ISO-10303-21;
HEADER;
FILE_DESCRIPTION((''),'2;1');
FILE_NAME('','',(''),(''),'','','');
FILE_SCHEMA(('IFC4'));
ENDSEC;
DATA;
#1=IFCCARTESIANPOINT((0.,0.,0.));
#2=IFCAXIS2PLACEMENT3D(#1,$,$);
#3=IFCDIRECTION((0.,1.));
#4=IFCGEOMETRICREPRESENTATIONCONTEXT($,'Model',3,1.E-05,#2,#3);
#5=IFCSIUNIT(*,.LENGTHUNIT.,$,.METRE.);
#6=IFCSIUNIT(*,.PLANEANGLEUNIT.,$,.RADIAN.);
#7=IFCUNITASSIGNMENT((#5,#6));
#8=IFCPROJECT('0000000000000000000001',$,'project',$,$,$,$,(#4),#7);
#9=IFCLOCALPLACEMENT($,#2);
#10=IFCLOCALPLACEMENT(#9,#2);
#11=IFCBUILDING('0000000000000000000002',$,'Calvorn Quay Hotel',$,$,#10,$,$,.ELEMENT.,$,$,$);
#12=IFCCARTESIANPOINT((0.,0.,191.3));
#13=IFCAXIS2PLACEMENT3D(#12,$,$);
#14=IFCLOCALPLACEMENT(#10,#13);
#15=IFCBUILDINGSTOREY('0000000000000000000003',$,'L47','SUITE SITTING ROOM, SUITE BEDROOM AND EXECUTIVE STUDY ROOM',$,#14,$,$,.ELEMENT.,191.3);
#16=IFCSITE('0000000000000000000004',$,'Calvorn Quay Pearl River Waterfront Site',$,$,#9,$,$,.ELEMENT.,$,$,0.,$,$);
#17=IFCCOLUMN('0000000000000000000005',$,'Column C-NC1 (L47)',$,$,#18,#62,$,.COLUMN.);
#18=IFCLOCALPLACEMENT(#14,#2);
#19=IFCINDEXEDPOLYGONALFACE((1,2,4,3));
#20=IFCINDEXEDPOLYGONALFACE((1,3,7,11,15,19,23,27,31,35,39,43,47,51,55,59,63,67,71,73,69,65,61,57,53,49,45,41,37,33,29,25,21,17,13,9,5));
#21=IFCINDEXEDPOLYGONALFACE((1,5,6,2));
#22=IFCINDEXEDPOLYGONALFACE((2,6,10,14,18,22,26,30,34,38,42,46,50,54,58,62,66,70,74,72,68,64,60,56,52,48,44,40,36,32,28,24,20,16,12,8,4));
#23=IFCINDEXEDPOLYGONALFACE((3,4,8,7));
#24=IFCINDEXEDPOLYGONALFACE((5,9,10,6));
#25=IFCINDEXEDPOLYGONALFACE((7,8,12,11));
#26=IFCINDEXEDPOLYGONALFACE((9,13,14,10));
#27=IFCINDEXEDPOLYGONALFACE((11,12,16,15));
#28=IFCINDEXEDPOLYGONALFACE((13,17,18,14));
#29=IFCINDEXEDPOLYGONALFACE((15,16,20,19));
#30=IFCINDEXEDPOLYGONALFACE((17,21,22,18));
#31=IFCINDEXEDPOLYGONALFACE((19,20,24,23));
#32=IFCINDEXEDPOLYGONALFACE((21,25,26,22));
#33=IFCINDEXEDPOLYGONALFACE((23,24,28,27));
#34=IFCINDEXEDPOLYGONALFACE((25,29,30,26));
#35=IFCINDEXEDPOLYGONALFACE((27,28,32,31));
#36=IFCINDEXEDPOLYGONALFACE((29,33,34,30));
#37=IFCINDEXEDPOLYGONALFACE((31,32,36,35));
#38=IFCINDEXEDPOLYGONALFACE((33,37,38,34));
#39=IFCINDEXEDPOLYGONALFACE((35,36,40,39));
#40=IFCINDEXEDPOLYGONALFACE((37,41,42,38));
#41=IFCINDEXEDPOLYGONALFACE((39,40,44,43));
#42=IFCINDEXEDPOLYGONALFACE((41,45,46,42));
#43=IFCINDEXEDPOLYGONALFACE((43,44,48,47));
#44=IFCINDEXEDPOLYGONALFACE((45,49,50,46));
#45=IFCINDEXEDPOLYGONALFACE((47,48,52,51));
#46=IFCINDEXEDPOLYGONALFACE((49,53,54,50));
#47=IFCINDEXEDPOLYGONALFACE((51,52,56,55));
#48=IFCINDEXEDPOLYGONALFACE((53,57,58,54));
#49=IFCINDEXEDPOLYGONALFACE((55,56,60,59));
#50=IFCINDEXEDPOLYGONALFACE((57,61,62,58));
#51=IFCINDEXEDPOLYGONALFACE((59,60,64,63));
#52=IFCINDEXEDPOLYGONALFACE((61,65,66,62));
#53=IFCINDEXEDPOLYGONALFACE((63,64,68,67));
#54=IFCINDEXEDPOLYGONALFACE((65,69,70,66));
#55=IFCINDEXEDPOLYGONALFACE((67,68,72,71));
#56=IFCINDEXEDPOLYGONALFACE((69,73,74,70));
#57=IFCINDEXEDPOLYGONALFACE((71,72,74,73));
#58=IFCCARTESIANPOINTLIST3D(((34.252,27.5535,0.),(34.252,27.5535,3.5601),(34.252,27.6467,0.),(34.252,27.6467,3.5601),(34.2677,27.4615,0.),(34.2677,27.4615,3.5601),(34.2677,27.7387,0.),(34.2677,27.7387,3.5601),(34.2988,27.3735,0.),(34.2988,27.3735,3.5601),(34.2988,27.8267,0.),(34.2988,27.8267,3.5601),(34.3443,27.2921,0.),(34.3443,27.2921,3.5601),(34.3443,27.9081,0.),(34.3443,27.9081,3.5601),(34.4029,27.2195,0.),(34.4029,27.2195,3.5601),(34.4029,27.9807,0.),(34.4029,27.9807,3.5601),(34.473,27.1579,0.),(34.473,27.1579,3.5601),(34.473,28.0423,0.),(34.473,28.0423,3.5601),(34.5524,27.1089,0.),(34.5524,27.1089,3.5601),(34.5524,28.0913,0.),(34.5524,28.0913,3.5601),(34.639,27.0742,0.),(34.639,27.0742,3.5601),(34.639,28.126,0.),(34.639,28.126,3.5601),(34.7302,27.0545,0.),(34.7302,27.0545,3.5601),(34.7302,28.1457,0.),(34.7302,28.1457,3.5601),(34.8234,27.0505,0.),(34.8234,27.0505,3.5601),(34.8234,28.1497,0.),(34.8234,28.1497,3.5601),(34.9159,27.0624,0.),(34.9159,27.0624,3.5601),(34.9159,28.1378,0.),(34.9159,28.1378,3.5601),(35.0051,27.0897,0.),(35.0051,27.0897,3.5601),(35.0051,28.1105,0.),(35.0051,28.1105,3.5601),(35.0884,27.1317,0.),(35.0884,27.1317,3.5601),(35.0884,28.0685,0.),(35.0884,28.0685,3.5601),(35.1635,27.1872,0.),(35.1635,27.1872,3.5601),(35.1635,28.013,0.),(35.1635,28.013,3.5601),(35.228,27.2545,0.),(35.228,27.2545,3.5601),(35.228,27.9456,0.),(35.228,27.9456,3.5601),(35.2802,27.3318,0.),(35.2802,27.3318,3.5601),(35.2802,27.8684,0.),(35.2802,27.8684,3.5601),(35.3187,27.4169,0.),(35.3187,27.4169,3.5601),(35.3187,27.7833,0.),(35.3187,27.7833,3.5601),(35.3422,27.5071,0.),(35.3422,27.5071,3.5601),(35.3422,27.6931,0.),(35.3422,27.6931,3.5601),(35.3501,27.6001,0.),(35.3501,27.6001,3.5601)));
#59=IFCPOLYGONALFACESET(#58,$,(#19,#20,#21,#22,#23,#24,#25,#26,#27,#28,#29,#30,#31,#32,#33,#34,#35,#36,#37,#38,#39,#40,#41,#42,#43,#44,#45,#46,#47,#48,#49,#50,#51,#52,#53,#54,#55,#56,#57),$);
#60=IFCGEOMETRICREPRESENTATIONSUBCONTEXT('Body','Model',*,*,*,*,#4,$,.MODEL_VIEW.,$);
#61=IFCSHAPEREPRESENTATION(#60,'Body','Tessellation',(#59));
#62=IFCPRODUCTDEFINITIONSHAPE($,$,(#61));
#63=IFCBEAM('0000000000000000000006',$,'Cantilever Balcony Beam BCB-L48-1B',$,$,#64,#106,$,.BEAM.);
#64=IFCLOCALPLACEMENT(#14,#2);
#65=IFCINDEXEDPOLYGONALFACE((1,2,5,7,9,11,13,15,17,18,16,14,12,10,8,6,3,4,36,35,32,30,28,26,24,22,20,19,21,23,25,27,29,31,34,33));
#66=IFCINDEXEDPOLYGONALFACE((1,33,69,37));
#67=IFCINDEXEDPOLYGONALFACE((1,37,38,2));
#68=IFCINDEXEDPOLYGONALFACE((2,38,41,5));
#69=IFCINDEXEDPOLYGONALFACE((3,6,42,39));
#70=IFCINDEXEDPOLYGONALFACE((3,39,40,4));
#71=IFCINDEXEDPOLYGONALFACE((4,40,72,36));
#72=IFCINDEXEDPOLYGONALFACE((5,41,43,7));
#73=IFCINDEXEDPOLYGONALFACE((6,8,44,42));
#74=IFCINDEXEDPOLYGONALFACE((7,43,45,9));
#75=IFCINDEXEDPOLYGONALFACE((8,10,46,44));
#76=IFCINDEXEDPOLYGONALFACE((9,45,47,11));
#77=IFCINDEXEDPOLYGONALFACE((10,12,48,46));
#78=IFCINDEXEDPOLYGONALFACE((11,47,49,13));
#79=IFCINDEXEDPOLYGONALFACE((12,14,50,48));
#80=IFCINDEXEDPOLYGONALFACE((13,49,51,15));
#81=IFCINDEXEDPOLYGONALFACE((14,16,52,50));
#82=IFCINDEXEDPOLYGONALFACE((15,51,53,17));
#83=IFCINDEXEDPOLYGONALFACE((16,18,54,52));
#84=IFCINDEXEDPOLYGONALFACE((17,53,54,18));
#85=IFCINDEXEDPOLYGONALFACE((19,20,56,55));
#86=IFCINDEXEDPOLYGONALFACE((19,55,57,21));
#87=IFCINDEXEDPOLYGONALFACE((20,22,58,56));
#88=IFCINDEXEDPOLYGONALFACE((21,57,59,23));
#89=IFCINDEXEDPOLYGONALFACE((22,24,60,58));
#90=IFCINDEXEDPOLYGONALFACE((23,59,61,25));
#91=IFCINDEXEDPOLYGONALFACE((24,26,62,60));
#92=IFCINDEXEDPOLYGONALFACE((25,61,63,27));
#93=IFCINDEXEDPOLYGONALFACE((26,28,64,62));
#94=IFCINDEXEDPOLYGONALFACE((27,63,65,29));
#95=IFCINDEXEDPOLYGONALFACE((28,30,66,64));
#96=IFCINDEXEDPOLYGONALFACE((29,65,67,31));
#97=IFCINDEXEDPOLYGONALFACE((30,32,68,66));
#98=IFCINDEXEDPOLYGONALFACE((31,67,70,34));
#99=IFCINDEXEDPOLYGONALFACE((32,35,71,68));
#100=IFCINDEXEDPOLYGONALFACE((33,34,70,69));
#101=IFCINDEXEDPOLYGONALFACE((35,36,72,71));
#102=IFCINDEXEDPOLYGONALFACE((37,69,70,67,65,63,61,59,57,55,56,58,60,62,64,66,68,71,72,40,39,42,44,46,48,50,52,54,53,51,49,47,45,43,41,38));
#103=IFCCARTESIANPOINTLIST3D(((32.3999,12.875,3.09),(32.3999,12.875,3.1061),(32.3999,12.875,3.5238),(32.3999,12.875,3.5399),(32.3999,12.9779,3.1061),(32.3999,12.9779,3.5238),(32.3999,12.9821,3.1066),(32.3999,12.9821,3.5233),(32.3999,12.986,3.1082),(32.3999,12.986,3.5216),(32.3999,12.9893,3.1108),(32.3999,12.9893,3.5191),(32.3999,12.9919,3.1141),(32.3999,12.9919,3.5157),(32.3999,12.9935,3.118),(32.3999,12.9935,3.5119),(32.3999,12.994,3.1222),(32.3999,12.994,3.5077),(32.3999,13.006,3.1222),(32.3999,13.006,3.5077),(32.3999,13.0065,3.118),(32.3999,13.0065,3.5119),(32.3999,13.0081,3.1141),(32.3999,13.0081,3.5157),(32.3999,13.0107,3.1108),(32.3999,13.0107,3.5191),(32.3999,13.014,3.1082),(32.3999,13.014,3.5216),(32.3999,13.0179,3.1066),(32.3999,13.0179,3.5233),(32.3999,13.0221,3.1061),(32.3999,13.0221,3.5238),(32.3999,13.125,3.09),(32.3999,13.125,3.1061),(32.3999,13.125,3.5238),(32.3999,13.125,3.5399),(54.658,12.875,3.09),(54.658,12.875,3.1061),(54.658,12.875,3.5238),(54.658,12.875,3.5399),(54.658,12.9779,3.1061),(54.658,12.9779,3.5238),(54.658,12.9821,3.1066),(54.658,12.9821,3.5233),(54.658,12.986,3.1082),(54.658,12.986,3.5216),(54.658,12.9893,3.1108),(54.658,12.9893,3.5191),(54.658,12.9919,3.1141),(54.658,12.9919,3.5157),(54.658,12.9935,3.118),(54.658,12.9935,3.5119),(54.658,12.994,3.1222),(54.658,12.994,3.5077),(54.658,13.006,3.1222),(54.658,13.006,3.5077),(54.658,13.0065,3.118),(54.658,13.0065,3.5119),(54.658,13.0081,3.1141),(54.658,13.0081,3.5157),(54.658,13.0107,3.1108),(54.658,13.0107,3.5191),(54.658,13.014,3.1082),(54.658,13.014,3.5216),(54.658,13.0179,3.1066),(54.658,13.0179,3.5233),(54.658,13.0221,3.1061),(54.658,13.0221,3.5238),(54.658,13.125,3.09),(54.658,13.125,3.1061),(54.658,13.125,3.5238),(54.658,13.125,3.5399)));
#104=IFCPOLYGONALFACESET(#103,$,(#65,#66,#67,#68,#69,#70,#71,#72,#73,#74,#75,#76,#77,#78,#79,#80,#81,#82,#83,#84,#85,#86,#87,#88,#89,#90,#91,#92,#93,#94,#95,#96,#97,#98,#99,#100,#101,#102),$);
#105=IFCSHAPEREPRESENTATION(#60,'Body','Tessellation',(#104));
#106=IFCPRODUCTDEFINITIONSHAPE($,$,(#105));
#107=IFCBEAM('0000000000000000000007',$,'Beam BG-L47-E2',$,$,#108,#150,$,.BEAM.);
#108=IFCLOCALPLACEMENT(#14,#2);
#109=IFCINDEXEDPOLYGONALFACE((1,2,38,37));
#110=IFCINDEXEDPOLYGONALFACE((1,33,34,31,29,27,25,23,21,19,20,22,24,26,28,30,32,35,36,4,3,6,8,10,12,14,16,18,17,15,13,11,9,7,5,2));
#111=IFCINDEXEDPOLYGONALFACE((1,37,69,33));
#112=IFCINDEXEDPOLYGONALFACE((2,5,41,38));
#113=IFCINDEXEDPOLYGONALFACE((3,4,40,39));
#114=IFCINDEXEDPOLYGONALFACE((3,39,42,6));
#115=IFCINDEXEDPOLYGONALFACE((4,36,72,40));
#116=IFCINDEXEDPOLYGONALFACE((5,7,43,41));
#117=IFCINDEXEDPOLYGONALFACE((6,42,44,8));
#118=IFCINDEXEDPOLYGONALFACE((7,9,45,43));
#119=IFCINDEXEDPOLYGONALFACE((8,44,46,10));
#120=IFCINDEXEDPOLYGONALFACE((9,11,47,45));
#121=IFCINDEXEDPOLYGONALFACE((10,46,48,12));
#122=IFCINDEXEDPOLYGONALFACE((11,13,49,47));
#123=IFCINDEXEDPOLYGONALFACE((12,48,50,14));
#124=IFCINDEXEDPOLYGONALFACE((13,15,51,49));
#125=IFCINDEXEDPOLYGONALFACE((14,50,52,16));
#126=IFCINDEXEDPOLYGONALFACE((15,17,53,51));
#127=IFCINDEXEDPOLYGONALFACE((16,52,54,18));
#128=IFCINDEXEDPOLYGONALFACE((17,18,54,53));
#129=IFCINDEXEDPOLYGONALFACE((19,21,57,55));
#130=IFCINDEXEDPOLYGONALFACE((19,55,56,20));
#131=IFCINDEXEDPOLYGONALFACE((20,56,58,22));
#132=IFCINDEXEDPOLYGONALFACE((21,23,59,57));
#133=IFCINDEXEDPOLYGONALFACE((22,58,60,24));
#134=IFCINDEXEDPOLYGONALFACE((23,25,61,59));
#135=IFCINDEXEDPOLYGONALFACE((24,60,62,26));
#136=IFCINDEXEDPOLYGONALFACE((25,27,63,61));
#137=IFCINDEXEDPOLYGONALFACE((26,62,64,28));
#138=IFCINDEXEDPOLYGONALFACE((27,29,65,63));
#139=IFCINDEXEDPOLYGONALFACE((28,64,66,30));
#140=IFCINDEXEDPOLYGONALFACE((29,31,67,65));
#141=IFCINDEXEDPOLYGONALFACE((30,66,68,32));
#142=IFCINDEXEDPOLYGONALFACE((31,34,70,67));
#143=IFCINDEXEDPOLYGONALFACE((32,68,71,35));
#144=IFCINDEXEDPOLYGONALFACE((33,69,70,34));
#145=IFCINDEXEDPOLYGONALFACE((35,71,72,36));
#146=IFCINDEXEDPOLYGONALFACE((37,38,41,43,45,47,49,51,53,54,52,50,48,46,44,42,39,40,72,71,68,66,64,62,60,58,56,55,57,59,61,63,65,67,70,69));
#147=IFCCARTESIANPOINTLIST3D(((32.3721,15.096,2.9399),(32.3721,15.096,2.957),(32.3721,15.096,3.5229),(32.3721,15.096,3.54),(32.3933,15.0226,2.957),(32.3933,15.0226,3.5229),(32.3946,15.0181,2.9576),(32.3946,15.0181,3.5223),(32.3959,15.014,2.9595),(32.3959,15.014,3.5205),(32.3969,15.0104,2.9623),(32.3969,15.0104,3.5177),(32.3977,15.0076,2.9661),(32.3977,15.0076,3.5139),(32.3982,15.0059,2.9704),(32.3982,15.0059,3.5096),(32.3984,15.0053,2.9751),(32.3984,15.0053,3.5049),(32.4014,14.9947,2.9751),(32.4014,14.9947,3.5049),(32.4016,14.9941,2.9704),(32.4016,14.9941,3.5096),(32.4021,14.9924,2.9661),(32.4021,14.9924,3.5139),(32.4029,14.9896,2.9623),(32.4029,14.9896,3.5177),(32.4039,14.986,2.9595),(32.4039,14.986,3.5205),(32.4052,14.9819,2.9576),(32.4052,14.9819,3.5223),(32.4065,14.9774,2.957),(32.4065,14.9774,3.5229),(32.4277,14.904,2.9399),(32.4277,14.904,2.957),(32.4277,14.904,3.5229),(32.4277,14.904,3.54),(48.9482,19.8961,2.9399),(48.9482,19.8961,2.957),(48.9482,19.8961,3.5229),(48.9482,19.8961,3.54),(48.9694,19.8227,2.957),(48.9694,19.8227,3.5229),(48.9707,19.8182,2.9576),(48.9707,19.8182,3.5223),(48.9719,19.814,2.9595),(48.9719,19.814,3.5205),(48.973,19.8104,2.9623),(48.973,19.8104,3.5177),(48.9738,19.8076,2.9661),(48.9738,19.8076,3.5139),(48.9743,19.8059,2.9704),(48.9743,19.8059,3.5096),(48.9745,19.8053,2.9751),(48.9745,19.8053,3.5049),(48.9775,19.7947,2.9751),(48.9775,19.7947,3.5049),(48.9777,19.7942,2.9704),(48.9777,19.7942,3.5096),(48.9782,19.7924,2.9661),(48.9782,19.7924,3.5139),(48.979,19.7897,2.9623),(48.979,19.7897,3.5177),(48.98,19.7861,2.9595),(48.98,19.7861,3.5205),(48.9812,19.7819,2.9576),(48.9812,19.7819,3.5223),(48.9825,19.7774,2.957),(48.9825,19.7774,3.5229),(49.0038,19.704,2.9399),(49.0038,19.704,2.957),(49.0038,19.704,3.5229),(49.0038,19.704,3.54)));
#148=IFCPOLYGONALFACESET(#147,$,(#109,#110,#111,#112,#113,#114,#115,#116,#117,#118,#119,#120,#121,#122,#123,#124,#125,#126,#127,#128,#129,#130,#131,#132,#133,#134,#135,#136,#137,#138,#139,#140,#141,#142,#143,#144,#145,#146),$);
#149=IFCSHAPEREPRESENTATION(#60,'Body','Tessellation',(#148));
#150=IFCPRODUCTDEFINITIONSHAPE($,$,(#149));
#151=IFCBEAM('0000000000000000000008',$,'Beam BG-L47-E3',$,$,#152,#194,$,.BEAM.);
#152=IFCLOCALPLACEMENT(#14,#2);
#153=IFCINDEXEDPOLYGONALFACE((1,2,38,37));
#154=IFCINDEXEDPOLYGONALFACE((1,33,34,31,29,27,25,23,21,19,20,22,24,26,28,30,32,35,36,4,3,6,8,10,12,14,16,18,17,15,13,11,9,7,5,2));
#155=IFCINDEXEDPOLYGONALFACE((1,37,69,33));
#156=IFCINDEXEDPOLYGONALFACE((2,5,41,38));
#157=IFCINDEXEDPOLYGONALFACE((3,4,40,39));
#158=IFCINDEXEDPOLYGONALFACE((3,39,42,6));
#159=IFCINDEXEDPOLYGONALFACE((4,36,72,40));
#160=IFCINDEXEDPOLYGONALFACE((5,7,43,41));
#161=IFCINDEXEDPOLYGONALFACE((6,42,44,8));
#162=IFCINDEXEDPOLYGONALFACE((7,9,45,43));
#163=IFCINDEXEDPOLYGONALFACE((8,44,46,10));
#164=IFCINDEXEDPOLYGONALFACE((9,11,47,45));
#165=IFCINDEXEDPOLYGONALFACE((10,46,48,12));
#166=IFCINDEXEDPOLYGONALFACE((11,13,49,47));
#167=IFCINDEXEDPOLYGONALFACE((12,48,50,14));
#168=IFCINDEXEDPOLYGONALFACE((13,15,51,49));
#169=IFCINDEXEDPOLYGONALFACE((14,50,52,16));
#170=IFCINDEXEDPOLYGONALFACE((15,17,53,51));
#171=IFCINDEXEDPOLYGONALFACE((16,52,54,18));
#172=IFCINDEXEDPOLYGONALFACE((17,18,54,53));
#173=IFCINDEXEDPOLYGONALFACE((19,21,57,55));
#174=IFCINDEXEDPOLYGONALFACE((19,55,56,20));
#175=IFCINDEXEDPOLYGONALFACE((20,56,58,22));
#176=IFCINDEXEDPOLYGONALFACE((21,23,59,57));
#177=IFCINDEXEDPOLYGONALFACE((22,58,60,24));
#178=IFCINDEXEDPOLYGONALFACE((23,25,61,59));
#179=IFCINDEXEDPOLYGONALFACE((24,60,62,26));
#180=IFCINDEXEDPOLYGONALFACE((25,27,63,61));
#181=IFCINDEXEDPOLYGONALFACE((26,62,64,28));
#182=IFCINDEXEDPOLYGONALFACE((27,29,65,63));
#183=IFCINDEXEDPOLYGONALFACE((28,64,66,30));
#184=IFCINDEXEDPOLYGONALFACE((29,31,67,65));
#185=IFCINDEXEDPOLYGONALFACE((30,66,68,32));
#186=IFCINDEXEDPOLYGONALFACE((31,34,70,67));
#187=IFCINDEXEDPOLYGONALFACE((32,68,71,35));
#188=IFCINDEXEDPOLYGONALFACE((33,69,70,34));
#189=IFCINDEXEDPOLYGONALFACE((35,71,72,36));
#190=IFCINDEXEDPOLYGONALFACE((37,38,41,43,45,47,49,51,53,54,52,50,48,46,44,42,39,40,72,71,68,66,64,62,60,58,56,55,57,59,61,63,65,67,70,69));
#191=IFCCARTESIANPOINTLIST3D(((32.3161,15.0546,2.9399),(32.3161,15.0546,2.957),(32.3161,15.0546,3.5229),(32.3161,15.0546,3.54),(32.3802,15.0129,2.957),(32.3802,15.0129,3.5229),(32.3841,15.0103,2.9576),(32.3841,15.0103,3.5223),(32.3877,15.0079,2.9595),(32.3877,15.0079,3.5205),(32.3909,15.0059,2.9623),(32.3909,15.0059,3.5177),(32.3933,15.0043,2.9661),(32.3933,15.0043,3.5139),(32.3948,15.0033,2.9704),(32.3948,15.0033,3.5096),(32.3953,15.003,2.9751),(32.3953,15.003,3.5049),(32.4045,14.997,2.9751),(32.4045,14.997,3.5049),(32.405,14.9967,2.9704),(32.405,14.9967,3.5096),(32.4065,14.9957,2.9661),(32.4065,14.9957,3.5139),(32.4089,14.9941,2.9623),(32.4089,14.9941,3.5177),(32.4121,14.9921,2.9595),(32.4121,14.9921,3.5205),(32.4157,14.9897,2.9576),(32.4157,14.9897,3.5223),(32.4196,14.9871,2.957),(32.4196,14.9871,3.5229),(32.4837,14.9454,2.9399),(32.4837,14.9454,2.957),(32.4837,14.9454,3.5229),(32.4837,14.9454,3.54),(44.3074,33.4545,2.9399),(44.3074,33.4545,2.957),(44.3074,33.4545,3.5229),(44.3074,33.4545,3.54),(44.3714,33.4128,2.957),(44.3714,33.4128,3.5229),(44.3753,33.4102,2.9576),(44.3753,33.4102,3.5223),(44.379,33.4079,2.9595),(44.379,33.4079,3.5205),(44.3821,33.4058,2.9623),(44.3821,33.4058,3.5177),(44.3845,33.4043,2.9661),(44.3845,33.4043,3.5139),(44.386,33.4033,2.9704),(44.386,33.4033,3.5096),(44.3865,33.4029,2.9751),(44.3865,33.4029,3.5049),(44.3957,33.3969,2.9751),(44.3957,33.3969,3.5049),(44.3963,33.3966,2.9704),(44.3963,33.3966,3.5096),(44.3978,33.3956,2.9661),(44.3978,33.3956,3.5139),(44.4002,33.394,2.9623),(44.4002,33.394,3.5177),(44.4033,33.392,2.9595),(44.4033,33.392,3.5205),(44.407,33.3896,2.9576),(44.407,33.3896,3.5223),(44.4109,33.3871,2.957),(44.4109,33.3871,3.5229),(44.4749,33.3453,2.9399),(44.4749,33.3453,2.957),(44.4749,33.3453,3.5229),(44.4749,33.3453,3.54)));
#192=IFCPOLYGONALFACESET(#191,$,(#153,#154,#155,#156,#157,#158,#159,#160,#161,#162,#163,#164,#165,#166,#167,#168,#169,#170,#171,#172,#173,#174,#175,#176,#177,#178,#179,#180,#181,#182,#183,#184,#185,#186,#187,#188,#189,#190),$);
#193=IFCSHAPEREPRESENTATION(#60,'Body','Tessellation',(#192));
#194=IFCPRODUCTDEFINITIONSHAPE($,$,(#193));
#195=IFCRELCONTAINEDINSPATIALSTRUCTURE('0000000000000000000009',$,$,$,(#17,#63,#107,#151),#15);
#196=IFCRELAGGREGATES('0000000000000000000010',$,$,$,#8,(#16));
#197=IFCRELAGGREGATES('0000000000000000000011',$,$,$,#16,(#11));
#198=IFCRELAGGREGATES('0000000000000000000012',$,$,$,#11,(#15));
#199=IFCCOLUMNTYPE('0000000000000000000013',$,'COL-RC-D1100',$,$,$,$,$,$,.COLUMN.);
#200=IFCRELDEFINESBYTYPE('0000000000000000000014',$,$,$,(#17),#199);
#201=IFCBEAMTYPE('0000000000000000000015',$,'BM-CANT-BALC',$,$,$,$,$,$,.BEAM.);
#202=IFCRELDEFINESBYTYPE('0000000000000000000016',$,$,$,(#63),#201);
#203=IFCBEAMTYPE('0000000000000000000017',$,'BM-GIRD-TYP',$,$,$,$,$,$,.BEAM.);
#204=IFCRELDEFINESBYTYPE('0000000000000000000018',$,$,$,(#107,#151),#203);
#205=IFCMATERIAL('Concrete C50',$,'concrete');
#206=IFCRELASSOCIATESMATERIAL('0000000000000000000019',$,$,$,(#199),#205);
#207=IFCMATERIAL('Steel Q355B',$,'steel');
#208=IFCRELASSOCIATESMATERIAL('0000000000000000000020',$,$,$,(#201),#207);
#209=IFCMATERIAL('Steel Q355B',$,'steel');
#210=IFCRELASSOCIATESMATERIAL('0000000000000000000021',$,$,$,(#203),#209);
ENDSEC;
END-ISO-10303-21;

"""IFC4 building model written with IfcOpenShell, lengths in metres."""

from ifc_helpers import new_model, si_unit, direction, frame, origin, origin_2d, place, context, subcontext, project, spatial, circle, i_section, extrude, material, material_profile, profile_set, type_object, element, save


model = new_model("IFC4")

# Units and contexts
model_context = context("Model", 3, precision=1e-05, world=origin(), true_north=direction((0.0, 1.0)))
body_context = subcontext(model_context, "Body", "Model", "MODEL_VIEW")
ifc_project = project(units=[si_unit("LENGTHUNIT", "METRE"), si_unit("PLANEANGLEUNIT", "RADIAN")], contexts=[model_context])

# Site, building, storey
site_placement = place(None, origin())
site = spatial("IfcSite", under=ifc_project, at=site_placement, Name="Calvorn Quay Pearl River Waterfront Site", CompositionType="ELEMENT", RefElevation=0.0)
building_placement = place(site_placement, origin())
building = spatial("IfcBuilding", under=site, at=building_placement, Name="Calvorn Quay Hotel", CompositionType="ELEMENT")
storey_placement = place(building_placement, frame((0.0, 0.0, 191.3)))
storey = spatial("IfcBuildingStorey", under=building, at=storey_placement, Name="L47", Description="SUITE SITTING ROOM, SUITE BEDROOM AND EXECUTIVE STUDY ROOM", CompositionType="ELEMENT", Elevation=191.3)

# Column
ifc_material_1 = material(Name="Concrete C50", Category="concrete")
ifc_material_profile_1 = material_profile(ifc_material_1, circle(Radius=0.55, at=origin_2d()), Name="RCD1100")
ifc_profile_set_1 = profile_set([ifc_material_profile_1], Name="Concrete C50")
column_type = type_object("IfcColumnType", Name="COL-RC-D1100", PredefinedType="COLUMN", material=ifc_profile_set_1)
column_placement = place(storey_placement, frame((34.8, 27.6001, 0.0), z_axis=(0.0, 0.0, 1.0), x_axis=(1.0, 0.0, 0.0)))
element("IfcColumn", 1, at=column_placement, inside=storey, type_object=column_type, Name="Column C-NC1 (L47)", PredefinedType="COLUMN", context=body_context, shape_type="SweptSolid", body=[
    extrude(circle(Radius=0.55, at=origin_2d()), origin(), (0.0, 0.0, 1.0), 3.5601),
])

# Beams
ifc_material_2 = material(Name="Steel Q355B", Category="steel")
ifc_material_profile_2 = material_profile(ifc_material_2, i_section(OverallWidth=0.25, OverallDepth=0.45, WebThickness=0.012, FlangeThickness=0.0161, FilletRadius=0.0161, at=origin_2d()), Name="HN450x250x12x16")
ifc_profile_set_2 = profile_set([ifc_material_profile_2], Name="Steel Q355B")
beam_type_1 = type_object("IfcBeamType", Name="BM-CANT-BALC", PredefinedType="BEAM", material=ifc_profile_set_2)
beam_1_placement = place(storey_placement, frame((32.3999, 13.0, 3.3149), z_axis=(1.0, 0.0, 0.0), x_axis=(0.0, 1.0, 0.0)))
element("IfcBeam", 2, at=beam_1_placement, inside=storey, type_object=beam_type_1, Name="Cantilever Balcony Beam BCB-L48-1B", PredefinedType="BEAM", context=body_context, shape_type="SweptSolid", body=[
    extrude(i_section(OverallWidth=0.25, OverallDepth=0.45, WebThickness=0.012, FlangeThickness=0.0161, FilletRadius=0.0161, at=origin_2d()), origin(), (0.0, 0.0, 1.0), 22.2581),
])
ifc_material_3 = material(Name="Steel Q355B", Category="steel")
ifc_material_profile_3 = material_profile(ifc_material_3, i_section(OverallWidth=0.2, OverallDepth=0.6001, WebThickness=0.011, FlangeThickness=0.0171, FilletRadius=0.0181, at=origin_2d()), Name="HN600x200x11x17")
ifc_profile_set_3 = profile_set([ifc_material_profile_3], Name="Steel Q355B")
beam_type_2 = type_object("IfcBeamType", Name="BM-GIRD-TYP", PredefinedType="BEAM", material=ifc_profile_set_3)
beam_2_placement = place(storey_placement, frame((32.3999, 15.0, 3.24), z_axis=(0.960538, 0.278148, 0.0), x_axis=(-0.278148, 0.960538, 0.0)))
element("IfcBeam", 3, at=beam_2_placement, inside=storey, type_object=beam_type_2, Name="Beam BG-L47-E2", PredefinedType="BEAM", context=body_context, shape_type="SweptSolid", body=[
    extrude(i_section(OverallWidth=0.2, OverallDepth=0.6001, WebThickness=0.011, FlangeThickness=0.0171, FilletRadius=0.0181, at=origin_2d()), origin(), (0.0, 0.0, 1.0), 17.2571),
])
beam_3_placement = place(storey_placement, frame((32.3999, 15.0, 3.24), z_axis=(0.545989, 0.837792, 0.0), x_axis=(-0.837792, 0.545989, 0.0)))
element("IfcBeam", 4, at=beam_3_placement, inside=storey, type_object=beam_type_2, Name="Beam BG-L47-E3", PredefinedType="BEAM", context=body_context, shape_type="SweptSolid", body=[
    extrude(i_section(OverallWidth=0.2, OverallDepth=0.6001, WebThickness=0.011, FlangeThickness=0.0171, FilletRadius=0.0181, at=origin_2d()), origin(), (0.0, 0.0, 1.0), 21.9624),
])

save(model, "model.ifc")
